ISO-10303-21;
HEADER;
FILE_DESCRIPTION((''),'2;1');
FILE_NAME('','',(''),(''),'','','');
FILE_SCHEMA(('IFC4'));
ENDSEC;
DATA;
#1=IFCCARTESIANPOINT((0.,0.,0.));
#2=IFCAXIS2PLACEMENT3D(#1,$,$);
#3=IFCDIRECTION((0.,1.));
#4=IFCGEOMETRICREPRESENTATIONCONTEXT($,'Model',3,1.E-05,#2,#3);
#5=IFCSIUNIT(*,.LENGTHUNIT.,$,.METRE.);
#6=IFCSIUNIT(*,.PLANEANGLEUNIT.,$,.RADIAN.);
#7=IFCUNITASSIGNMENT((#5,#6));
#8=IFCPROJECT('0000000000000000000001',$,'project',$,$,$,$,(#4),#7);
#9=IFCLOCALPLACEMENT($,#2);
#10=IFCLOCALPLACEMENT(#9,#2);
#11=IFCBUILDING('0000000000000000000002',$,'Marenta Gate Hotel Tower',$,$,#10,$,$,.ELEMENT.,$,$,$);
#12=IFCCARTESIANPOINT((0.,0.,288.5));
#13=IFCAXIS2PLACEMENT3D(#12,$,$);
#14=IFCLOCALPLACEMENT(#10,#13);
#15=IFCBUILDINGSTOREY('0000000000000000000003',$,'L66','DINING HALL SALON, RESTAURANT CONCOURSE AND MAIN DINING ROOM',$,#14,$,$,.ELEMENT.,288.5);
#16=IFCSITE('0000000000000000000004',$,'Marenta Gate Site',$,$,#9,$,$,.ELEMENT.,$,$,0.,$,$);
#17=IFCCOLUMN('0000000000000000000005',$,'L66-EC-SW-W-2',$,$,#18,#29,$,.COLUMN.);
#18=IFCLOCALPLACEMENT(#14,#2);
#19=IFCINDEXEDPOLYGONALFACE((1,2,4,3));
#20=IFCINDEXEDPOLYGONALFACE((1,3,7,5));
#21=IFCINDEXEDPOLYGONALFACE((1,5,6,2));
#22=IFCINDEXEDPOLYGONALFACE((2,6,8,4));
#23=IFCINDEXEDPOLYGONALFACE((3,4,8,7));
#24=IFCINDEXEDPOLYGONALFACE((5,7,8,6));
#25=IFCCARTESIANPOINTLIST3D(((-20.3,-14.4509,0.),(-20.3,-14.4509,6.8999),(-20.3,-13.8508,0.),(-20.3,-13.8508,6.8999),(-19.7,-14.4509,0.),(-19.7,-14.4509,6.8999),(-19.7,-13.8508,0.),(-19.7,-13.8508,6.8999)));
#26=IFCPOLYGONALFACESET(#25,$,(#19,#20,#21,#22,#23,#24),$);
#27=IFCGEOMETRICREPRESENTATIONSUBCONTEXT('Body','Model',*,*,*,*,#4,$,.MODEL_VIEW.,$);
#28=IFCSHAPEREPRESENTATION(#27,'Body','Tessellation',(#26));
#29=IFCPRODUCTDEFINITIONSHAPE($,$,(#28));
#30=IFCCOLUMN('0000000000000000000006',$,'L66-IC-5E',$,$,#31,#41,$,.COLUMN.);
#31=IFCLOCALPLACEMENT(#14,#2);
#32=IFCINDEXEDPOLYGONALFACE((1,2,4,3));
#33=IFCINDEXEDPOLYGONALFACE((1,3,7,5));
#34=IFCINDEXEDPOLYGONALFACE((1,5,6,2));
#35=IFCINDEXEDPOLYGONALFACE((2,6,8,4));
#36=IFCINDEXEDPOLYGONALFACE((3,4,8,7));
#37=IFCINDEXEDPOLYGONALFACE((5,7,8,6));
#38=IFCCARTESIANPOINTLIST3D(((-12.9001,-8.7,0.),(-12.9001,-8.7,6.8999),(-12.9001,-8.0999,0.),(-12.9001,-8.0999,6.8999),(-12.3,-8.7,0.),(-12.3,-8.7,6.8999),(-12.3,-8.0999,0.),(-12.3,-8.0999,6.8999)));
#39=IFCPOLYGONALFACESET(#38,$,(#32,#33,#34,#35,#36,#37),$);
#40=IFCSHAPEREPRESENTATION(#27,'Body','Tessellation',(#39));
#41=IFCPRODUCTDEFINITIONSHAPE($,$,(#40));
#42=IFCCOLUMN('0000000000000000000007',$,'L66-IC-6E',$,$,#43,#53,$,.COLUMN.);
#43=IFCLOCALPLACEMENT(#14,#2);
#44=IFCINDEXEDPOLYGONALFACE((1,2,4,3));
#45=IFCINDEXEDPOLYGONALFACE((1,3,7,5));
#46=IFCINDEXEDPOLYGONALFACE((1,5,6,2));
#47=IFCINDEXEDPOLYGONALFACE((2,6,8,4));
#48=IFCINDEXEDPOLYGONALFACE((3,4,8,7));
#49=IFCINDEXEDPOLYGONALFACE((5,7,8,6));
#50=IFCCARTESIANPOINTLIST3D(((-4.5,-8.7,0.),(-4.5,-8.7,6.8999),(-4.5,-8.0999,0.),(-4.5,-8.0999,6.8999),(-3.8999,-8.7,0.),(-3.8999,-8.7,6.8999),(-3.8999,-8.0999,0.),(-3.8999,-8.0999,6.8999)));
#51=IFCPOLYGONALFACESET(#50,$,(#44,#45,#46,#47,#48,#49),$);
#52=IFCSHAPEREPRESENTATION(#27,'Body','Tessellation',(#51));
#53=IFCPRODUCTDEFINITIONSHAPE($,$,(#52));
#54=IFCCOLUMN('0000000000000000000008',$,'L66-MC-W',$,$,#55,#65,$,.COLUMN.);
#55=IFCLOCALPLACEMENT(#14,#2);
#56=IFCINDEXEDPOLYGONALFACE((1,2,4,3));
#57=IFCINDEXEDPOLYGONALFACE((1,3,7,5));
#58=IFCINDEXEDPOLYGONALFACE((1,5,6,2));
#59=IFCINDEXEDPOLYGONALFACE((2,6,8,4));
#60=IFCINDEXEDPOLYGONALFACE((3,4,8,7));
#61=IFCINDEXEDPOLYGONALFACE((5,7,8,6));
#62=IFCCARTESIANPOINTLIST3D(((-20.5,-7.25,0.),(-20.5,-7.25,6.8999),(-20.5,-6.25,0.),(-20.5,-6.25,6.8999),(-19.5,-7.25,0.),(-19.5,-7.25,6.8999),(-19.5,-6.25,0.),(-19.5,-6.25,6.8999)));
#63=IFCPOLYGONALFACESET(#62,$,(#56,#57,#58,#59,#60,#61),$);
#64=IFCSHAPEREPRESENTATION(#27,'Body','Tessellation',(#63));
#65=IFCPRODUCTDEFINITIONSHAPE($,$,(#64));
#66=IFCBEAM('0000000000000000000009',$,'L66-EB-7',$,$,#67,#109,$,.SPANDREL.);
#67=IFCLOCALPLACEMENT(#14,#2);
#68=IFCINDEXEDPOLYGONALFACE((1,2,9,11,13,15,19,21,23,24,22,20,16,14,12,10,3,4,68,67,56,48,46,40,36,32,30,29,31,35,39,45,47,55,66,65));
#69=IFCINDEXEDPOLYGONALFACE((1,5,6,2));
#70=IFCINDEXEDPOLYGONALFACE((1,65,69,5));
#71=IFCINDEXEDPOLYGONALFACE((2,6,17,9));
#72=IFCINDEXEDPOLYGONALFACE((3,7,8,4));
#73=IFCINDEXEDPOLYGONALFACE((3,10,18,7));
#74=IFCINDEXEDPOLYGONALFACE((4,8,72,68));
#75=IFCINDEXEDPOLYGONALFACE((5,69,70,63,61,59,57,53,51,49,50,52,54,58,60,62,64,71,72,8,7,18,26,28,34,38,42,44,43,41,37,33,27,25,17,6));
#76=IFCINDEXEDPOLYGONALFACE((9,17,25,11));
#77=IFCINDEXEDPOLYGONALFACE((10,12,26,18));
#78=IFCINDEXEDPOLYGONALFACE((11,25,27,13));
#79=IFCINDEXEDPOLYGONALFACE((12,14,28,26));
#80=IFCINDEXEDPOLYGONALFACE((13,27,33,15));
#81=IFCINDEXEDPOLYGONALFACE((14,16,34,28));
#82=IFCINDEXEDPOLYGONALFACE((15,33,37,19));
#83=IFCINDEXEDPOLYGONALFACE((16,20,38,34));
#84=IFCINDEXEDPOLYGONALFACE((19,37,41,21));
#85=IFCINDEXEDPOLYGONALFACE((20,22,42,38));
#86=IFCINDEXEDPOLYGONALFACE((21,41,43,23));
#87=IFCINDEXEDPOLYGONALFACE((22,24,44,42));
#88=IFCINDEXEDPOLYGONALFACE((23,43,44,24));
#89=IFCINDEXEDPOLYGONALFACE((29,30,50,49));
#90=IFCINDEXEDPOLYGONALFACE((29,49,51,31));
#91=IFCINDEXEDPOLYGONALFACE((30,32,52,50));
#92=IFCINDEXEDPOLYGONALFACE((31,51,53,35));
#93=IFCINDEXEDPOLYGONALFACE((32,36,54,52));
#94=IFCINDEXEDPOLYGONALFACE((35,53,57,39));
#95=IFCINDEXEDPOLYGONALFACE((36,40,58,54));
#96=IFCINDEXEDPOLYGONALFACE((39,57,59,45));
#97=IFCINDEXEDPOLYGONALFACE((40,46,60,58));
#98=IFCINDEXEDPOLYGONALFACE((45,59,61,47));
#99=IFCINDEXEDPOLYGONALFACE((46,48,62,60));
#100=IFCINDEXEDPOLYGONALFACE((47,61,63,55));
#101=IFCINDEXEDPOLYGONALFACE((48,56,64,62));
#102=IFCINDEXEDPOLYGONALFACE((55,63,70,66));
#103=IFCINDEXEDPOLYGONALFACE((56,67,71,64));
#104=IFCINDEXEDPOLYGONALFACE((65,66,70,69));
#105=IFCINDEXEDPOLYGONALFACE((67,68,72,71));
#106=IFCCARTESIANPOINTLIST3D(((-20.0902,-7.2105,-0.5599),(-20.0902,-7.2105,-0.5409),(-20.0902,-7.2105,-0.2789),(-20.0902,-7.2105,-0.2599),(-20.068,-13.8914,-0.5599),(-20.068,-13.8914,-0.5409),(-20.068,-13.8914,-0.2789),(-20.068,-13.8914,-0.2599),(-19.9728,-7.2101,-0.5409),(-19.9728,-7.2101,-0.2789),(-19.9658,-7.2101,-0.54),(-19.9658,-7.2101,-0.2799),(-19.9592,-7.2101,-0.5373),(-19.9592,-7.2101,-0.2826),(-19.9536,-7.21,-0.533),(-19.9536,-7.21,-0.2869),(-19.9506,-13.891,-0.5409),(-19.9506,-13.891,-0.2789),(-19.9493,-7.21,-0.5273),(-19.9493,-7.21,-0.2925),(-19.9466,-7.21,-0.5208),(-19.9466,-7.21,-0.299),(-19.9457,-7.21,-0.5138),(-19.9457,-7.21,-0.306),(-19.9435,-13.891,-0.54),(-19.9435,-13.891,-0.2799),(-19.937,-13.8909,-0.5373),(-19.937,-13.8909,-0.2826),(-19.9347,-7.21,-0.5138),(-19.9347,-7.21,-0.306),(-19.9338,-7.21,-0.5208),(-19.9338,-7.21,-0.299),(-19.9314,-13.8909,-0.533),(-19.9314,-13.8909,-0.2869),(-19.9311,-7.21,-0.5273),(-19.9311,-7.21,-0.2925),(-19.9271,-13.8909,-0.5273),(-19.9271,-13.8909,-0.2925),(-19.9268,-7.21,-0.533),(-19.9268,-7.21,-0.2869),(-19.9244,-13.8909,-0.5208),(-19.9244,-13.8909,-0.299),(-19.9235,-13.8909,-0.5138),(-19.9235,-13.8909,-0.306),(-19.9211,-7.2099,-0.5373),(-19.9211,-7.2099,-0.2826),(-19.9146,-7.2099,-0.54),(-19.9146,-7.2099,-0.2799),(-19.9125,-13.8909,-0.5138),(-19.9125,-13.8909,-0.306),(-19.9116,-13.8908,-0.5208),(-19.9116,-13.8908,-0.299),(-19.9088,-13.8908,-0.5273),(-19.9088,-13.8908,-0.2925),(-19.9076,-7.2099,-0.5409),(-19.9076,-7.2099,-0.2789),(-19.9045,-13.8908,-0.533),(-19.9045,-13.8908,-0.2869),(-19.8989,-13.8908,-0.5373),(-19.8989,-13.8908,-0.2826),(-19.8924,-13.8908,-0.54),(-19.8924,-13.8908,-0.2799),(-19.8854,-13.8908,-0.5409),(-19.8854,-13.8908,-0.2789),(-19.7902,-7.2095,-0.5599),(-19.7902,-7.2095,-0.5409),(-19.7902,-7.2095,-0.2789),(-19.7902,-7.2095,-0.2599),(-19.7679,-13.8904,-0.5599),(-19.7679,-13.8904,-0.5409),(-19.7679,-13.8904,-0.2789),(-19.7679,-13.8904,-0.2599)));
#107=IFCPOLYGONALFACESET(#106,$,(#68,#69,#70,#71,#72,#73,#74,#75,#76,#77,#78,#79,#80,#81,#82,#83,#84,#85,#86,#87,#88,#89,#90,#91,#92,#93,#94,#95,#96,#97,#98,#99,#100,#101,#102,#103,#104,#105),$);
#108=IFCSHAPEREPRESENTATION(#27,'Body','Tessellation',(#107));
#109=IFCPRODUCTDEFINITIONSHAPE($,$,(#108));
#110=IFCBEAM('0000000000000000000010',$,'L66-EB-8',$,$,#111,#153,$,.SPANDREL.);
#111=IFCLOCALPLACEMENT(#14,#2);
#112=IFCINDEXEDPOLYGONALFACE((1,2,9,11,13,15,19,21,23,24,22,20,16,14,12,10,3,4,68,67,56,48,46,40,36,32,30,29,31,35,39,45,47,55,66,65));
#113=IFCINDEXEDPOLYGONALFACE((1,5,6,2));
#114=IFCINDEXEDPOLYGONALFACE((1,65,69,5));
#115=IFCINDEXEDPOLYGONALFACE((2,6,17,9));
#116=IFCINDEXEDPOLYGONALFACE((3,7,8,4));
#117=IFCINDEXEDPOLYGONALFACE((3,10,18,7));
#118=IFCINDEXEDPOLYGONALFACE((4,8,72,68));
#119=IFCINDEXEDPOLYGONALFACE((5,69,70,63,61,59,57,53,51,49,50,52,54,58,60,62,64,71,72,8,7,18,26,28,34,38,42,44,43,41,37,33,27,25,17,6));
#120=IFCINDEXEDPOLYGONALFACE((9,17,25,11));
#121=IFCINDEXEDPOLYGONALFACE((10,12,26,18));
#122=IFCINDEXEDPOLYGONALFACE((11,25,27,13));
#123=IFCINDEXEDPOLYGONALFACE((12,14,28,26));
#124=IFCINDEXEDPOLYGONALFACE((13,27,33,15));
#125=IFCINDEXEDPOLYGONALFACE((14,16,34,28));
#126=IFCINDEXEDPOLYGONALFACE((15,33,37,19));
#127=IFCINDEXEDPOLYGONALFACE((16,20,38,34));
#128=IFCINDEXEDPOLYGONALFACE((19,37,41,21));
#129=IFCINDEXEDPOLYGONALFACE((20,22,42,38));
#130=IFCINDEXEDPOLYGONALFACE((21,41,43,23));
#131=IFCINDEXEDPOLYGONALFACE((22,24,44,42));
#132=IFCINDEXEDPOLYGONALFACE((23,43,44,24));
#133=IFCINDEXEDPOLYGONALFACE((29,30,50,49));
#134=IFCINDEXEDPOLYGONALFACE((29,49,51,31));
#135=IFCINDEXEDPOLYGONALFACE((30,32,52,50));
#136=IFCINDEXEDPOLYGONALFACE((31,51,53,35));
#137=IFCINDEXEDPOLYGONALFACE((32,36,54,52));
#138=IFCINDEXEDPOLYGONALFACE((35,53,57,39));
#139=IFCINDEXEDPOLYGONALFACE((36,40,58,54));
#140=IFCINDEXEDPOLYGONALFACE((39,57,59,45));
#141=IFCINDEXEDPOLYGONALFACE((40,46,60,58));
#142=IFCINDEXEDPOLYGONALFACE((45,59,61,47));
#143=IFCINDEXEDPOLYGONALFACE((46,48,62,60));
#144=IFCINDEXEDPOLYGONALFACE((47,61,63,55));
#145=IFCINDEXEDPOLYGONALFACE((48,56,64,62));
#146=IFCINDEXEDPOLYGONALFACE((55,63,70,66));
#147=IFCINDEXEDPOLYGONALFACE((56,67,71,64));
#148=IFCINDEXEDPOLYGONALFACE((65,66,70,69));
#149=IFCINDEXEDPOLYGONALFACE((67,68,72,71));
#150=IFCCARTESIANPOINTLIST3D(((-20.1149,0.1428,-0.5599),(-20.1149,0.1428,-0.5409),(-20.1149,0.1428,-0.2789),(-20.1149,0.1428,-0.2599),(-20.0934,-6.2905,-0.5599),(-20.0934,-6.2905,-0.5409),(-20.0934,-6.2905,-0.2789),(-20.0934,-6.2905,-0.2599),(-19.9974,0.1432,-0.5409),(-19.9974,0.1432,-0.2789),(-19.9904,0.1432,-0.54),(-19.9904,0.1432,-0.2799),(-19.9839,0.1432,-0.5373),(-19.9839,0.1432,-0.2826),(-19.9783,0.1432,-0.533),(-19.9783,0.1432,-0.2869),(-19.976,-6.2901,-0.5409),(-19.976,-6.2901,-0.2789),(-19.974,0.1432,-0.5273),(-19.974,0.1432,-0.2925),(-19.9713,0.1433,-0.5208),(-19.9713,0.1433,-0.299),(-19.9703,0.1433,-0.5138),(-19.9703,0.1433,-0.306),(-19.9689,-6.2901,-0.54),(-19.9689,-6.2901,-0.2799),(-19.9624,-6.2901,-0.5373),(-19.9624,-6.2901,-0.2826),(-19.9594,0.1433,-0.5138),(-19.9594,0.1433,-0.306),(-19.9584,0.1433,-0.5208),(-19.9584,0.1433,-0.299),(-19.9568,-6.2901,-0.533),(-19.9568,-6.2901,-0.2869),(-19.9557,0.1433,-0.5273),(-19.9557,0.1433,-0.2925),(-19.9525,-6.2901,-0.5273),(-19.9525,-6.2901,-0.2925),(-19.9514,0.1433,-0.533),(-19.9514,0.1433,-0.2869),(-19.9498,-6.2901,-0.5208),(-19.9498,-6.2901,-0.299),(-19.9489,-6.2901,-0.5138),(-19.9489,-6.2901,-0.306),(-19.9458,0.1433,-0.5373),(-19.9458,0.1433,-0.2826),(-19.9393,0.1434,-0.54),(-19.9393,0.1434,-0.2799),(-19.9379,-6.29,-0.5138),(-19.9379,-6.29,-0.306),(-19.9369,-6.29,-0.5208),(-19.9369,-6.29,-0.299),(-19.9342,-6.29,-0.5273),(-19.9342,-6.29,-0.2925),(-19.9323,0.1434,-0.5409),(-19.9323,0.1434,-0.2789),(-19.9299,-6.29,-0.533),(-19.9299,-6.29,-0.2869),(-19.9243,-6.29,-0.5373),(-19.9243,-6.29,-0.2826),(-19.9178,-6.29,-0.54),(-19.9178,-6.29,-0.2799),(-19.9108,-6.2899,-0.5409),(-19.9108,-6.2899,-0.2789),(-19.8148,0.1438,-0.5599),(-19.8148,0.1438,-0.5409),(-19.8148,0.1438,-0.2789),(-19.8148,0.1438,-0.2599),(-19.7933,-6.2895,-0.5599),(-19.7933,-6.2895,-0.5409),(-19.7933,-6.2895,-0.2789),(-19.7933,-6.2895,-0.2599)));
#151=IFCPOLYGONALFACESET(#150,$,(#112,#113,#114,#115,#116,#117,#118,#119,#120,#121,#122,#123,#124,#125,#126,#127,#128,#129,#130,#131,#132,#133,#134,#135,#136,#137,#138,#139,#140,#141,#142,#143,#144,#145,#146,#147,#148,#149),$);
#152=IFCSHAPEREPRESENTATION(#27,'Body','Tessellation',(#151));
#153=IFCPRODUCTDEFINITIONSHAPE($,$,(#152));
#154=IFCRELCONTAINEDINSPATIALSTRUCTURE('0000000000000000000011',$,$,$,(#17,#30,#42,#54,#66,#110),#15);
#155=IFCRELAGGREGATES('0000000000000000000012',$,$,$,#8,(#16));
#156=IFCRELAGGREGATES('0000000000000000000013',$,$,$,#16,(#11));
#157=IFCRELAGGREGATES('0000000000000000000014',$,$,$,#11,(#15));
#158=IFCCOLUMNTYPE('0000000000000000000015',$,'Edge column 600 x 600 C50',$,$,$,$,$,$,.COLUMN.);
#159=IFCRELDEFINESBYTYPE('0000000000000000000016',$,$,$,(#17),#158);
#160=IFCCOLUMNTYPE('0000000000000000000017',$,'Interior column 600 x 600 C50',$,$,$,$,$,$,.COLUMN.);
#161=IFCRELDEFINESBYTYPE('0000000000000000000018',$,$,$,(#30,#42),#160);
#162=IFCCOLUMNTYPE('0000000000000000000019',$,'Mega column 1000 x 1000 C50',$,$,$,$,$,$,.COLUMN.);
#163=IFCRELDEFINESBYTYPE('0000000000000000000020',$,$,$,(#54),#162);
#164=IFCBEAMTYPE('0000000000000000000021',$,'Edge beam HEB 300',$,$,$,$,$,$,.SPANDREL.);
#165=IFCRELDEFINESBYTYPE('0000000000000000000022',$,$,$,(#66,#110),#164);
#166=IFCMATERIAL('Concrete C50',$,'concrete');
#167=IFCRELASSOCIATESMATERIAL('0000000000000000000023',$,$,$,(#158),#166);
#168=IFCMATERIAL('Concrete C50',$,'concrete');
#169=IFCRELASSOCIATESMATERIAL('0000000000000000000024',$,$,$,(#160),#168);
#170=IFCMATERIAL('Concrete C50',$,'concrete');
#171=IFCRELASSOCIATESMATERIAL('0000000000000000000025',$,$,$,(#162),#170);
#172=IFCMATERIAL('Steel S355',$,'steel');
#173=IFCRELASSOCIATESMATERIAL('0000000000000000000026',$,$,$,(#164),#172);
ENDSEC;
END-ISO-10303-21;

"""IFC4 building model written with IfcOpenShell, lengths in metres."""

from ifc_helpers import new_model, si_unit, direction, frame, origin, origin_2d, place, context, subcontext, project, spatial, rectangle, i_section, extrude, material, material_profile, profile_set, type_object, element, save


model = new_model("IFC4")

# Units and contexts
model_context = context("Model", 3, precision=1e-05, world=origin(), true_north=direction((0.0, 1.0)))
body_context = subcontext(model_context, "Body", "Model", "MODEL_VIEW")
ifc_project = project(units=[si_unit("LENGTHUNIT", "METRE"), si_unit("PLANEANGLEUNIT", "RADIAN")], contexts=[model_context])

# Site, building, storey
site_placement = place(None, origin())
site = spatial("IfcSite", under=ifc_project, at=site_placement, Name="Marenta Gate Site", CompositionType="ELEMENT", RefElevation=0.0)
building_placement = place(site_placement, origin())
building = spatial("IfcBuilding", under=site, at=building_placement, Name="Marenta Gate Hotel Tower", CompositionType="ELEMENT")
storey_placement = place(building_placement, frame((0.0, 0.0, 288.5)))
storey = spatial("IfcBuildingStorey", under=building, at=storey_placement, Name="L66", Description="DINING HALL SALON, RESTAURANT CONCOURSE AND MAIN DINING ROOM", CompositionType="ELEMENT", Elevation=288.5)

# Columns
ifc_material_1 = material(Name="Concrete C50", Category="concrete")
ifc_material_profile_1 = material_profile(ifc_material_1, rectangle(XDim=0.6001, YDim=0.6001, at=origin_2d()), Name="600 x 600")
ifc_profile_set_1 = profile_set([ifc_material_profile_1], Name="Concrete C50")
column_type_1 = type_object("IfcColumnType", Name="Edge column 600 x 600 C50", PredefinedType="COLUMN", material=ifc_profile_set_1)
column_1_placement = place(storey_placement, frame((-20.0, -14.1509, 0.0), z_axis=(0.0, 0.0, 1.0), x_axis=(1.0, 0.0, 0.0)))
element("IfcColumn", 1, at=column_1_placement, inside=storey, type_object=column_type_1, Name="L66-EC-SW-W-2", PredefinedType="COLUMN", context=body_context, shape_type="SweptSolid", body=[
    extrude(rectangle(XDim=0.6001, YDim=0.6001, at=origin_2d()), origin(), (0.0, 0.0, 1.0), 6.8999),
])
ifc_material_2 = material(Name="Concrete C50", Category="concrete")
ifc_material_profile_2 = material_profile(ifc_material_2, rectangle(XDim=0.6001, YDim=0.6001, at=origin_2d()), Name="600 x 600")
ifc_profile_set_2 = profile_set([ifc_material_profile_2], Name="Concrete C50")
column_type_2 = type_object("IfcColumnType", Name="Interior column 600 x 600 C50", PredefinedType="COLUMN", material=ifc_profile_set_2)
for number, where, z_axis, x_axis, name in (
    (2, (-12.6001, -8.3999, 0.0), (0.0, 0.0, 1.0), (1.0, 0.0, 0.0), "L66-IC-5E"),
    (3, (-4.2, -8.3999, 0.0), (0.0, 0.0, 1.0), (1.0, 0.0, 0.0), "L66-IC-6E"),
):
    element("IfcColumn", number, at=place(storey_placement, frame(where, z_axis=z_axis, x_axis=x_axis)), inside=storey, type_object=column_type_2, Name=name, PredefinedType="COLUMN", context=body_context, shape_type="SweptSolid", body=[
        extrude(rectangle(XDim=0.6001, YDim=0.6001, at=origin_2d()), origin(), (0.0, 0.0, 1.0), 6.8999),
    ])
ifc_material_3 = material(Name="Concrete C50", Category="concrete")
ifc_material_profile_3 = material_profile(ifc_material_3, rectangle(XDim=1.0, YDim=1.0, at=origin_2d()), Name="1000 x 1000")
ifc_profile_set_3 = profile_set([ifc_material_profile_3], Name="Concrete C50")
column_type_3 = type_object("IfcColumnType", Name="Mega column 1000 x 1000 C50", PredefinedType="COLUMN", material=ifc_profile_set_3)
column_2_placement = place(storey_placement, frame((-20.0, -6.75, 0.0), z_axis=(0.0, 0.0, 1.0), x_axis=(1.0, 0.0, 0.0)))
element("IfcColumn", 4, at=column_2_placement, inside=storey, type_object=column_type_3, Name="L66-MC-W", PredefinedType="COLUMN", context=body_context, shape_type="SweptSolid", body=[
    extrude(rectangle(XDim=1.0, YDim=1.0, at=origin_2d()), origin(), (0.0, 0.0, 1.0), 6.8999),
])

# Beams
ifc_material_4 = material(Name="Steel S355", Category="steel")
ifc_material_profile_4 = material_profile(ifc_material_4, i_section(OverallWidth=0.3, OverallDepth=0.3, WebThickness=0.011, FlangeThickness=0.019, FilletRadius=0.0271, at=origin_2d()), Name="HEB 300")
ifc_profile_set_4 = profile_set([ifc_material_profile_4], Name="Steel S355")
beam_type_1 = type_object("IfcBeamType", Name="Edge beam HEB 300", PredefinedType="SPANDREL", material=ifc_profile_set_4)
beam_1_placement = place(storey_placement, frame((-19.918, -13.8909, -0.4099), z_axis=(-0.003325, 0.999994, 0.0), x_axis=(-0.999994, -0.003325, 0.0)))
element("IfcBeam", 5, at=beam_1_placement, inside=storey, type_object=beam_type_1, Name="L66-EB-7", PredefinedType="SPANDREL", context=body_context, shape_type="SweptSolid", body=[
    extrude(i_section(OverallWidth=0.3, OverallDepth=0.3, WebThickness=0.011, FlangeThickness=0.019, FilletRadius=0.0271, at=origin_2d()), origin(), (0.0, 0.0, 1.0), 6.6809),
])
beam_2_placement = place(storey_placement, frame((-19.9434, -6.29, -0.4099), z_axis=(-0.00334, 0.999994, 0.0), x_axis=(-0.999994, -0.00334, 0.0)))
element("IfcBeam", 6, at=beam_2_placement, inside=storey, type_object=beam_type_1, Name="L66-EB-8", PredefinedType="SPANDREL", context=body_context, shape_type="SweptSolid", body=[
    extrude(i_section(OverallWidth=0.3, OverallDepth=0.3, WebThickness=0.011, FlangeThickness=0.019, FilletRadius=0.0271, at=origin_2d()), origin(), (0.0, 0.0, 1.0), 6.4333),
])

save(model, "model.ifc")
